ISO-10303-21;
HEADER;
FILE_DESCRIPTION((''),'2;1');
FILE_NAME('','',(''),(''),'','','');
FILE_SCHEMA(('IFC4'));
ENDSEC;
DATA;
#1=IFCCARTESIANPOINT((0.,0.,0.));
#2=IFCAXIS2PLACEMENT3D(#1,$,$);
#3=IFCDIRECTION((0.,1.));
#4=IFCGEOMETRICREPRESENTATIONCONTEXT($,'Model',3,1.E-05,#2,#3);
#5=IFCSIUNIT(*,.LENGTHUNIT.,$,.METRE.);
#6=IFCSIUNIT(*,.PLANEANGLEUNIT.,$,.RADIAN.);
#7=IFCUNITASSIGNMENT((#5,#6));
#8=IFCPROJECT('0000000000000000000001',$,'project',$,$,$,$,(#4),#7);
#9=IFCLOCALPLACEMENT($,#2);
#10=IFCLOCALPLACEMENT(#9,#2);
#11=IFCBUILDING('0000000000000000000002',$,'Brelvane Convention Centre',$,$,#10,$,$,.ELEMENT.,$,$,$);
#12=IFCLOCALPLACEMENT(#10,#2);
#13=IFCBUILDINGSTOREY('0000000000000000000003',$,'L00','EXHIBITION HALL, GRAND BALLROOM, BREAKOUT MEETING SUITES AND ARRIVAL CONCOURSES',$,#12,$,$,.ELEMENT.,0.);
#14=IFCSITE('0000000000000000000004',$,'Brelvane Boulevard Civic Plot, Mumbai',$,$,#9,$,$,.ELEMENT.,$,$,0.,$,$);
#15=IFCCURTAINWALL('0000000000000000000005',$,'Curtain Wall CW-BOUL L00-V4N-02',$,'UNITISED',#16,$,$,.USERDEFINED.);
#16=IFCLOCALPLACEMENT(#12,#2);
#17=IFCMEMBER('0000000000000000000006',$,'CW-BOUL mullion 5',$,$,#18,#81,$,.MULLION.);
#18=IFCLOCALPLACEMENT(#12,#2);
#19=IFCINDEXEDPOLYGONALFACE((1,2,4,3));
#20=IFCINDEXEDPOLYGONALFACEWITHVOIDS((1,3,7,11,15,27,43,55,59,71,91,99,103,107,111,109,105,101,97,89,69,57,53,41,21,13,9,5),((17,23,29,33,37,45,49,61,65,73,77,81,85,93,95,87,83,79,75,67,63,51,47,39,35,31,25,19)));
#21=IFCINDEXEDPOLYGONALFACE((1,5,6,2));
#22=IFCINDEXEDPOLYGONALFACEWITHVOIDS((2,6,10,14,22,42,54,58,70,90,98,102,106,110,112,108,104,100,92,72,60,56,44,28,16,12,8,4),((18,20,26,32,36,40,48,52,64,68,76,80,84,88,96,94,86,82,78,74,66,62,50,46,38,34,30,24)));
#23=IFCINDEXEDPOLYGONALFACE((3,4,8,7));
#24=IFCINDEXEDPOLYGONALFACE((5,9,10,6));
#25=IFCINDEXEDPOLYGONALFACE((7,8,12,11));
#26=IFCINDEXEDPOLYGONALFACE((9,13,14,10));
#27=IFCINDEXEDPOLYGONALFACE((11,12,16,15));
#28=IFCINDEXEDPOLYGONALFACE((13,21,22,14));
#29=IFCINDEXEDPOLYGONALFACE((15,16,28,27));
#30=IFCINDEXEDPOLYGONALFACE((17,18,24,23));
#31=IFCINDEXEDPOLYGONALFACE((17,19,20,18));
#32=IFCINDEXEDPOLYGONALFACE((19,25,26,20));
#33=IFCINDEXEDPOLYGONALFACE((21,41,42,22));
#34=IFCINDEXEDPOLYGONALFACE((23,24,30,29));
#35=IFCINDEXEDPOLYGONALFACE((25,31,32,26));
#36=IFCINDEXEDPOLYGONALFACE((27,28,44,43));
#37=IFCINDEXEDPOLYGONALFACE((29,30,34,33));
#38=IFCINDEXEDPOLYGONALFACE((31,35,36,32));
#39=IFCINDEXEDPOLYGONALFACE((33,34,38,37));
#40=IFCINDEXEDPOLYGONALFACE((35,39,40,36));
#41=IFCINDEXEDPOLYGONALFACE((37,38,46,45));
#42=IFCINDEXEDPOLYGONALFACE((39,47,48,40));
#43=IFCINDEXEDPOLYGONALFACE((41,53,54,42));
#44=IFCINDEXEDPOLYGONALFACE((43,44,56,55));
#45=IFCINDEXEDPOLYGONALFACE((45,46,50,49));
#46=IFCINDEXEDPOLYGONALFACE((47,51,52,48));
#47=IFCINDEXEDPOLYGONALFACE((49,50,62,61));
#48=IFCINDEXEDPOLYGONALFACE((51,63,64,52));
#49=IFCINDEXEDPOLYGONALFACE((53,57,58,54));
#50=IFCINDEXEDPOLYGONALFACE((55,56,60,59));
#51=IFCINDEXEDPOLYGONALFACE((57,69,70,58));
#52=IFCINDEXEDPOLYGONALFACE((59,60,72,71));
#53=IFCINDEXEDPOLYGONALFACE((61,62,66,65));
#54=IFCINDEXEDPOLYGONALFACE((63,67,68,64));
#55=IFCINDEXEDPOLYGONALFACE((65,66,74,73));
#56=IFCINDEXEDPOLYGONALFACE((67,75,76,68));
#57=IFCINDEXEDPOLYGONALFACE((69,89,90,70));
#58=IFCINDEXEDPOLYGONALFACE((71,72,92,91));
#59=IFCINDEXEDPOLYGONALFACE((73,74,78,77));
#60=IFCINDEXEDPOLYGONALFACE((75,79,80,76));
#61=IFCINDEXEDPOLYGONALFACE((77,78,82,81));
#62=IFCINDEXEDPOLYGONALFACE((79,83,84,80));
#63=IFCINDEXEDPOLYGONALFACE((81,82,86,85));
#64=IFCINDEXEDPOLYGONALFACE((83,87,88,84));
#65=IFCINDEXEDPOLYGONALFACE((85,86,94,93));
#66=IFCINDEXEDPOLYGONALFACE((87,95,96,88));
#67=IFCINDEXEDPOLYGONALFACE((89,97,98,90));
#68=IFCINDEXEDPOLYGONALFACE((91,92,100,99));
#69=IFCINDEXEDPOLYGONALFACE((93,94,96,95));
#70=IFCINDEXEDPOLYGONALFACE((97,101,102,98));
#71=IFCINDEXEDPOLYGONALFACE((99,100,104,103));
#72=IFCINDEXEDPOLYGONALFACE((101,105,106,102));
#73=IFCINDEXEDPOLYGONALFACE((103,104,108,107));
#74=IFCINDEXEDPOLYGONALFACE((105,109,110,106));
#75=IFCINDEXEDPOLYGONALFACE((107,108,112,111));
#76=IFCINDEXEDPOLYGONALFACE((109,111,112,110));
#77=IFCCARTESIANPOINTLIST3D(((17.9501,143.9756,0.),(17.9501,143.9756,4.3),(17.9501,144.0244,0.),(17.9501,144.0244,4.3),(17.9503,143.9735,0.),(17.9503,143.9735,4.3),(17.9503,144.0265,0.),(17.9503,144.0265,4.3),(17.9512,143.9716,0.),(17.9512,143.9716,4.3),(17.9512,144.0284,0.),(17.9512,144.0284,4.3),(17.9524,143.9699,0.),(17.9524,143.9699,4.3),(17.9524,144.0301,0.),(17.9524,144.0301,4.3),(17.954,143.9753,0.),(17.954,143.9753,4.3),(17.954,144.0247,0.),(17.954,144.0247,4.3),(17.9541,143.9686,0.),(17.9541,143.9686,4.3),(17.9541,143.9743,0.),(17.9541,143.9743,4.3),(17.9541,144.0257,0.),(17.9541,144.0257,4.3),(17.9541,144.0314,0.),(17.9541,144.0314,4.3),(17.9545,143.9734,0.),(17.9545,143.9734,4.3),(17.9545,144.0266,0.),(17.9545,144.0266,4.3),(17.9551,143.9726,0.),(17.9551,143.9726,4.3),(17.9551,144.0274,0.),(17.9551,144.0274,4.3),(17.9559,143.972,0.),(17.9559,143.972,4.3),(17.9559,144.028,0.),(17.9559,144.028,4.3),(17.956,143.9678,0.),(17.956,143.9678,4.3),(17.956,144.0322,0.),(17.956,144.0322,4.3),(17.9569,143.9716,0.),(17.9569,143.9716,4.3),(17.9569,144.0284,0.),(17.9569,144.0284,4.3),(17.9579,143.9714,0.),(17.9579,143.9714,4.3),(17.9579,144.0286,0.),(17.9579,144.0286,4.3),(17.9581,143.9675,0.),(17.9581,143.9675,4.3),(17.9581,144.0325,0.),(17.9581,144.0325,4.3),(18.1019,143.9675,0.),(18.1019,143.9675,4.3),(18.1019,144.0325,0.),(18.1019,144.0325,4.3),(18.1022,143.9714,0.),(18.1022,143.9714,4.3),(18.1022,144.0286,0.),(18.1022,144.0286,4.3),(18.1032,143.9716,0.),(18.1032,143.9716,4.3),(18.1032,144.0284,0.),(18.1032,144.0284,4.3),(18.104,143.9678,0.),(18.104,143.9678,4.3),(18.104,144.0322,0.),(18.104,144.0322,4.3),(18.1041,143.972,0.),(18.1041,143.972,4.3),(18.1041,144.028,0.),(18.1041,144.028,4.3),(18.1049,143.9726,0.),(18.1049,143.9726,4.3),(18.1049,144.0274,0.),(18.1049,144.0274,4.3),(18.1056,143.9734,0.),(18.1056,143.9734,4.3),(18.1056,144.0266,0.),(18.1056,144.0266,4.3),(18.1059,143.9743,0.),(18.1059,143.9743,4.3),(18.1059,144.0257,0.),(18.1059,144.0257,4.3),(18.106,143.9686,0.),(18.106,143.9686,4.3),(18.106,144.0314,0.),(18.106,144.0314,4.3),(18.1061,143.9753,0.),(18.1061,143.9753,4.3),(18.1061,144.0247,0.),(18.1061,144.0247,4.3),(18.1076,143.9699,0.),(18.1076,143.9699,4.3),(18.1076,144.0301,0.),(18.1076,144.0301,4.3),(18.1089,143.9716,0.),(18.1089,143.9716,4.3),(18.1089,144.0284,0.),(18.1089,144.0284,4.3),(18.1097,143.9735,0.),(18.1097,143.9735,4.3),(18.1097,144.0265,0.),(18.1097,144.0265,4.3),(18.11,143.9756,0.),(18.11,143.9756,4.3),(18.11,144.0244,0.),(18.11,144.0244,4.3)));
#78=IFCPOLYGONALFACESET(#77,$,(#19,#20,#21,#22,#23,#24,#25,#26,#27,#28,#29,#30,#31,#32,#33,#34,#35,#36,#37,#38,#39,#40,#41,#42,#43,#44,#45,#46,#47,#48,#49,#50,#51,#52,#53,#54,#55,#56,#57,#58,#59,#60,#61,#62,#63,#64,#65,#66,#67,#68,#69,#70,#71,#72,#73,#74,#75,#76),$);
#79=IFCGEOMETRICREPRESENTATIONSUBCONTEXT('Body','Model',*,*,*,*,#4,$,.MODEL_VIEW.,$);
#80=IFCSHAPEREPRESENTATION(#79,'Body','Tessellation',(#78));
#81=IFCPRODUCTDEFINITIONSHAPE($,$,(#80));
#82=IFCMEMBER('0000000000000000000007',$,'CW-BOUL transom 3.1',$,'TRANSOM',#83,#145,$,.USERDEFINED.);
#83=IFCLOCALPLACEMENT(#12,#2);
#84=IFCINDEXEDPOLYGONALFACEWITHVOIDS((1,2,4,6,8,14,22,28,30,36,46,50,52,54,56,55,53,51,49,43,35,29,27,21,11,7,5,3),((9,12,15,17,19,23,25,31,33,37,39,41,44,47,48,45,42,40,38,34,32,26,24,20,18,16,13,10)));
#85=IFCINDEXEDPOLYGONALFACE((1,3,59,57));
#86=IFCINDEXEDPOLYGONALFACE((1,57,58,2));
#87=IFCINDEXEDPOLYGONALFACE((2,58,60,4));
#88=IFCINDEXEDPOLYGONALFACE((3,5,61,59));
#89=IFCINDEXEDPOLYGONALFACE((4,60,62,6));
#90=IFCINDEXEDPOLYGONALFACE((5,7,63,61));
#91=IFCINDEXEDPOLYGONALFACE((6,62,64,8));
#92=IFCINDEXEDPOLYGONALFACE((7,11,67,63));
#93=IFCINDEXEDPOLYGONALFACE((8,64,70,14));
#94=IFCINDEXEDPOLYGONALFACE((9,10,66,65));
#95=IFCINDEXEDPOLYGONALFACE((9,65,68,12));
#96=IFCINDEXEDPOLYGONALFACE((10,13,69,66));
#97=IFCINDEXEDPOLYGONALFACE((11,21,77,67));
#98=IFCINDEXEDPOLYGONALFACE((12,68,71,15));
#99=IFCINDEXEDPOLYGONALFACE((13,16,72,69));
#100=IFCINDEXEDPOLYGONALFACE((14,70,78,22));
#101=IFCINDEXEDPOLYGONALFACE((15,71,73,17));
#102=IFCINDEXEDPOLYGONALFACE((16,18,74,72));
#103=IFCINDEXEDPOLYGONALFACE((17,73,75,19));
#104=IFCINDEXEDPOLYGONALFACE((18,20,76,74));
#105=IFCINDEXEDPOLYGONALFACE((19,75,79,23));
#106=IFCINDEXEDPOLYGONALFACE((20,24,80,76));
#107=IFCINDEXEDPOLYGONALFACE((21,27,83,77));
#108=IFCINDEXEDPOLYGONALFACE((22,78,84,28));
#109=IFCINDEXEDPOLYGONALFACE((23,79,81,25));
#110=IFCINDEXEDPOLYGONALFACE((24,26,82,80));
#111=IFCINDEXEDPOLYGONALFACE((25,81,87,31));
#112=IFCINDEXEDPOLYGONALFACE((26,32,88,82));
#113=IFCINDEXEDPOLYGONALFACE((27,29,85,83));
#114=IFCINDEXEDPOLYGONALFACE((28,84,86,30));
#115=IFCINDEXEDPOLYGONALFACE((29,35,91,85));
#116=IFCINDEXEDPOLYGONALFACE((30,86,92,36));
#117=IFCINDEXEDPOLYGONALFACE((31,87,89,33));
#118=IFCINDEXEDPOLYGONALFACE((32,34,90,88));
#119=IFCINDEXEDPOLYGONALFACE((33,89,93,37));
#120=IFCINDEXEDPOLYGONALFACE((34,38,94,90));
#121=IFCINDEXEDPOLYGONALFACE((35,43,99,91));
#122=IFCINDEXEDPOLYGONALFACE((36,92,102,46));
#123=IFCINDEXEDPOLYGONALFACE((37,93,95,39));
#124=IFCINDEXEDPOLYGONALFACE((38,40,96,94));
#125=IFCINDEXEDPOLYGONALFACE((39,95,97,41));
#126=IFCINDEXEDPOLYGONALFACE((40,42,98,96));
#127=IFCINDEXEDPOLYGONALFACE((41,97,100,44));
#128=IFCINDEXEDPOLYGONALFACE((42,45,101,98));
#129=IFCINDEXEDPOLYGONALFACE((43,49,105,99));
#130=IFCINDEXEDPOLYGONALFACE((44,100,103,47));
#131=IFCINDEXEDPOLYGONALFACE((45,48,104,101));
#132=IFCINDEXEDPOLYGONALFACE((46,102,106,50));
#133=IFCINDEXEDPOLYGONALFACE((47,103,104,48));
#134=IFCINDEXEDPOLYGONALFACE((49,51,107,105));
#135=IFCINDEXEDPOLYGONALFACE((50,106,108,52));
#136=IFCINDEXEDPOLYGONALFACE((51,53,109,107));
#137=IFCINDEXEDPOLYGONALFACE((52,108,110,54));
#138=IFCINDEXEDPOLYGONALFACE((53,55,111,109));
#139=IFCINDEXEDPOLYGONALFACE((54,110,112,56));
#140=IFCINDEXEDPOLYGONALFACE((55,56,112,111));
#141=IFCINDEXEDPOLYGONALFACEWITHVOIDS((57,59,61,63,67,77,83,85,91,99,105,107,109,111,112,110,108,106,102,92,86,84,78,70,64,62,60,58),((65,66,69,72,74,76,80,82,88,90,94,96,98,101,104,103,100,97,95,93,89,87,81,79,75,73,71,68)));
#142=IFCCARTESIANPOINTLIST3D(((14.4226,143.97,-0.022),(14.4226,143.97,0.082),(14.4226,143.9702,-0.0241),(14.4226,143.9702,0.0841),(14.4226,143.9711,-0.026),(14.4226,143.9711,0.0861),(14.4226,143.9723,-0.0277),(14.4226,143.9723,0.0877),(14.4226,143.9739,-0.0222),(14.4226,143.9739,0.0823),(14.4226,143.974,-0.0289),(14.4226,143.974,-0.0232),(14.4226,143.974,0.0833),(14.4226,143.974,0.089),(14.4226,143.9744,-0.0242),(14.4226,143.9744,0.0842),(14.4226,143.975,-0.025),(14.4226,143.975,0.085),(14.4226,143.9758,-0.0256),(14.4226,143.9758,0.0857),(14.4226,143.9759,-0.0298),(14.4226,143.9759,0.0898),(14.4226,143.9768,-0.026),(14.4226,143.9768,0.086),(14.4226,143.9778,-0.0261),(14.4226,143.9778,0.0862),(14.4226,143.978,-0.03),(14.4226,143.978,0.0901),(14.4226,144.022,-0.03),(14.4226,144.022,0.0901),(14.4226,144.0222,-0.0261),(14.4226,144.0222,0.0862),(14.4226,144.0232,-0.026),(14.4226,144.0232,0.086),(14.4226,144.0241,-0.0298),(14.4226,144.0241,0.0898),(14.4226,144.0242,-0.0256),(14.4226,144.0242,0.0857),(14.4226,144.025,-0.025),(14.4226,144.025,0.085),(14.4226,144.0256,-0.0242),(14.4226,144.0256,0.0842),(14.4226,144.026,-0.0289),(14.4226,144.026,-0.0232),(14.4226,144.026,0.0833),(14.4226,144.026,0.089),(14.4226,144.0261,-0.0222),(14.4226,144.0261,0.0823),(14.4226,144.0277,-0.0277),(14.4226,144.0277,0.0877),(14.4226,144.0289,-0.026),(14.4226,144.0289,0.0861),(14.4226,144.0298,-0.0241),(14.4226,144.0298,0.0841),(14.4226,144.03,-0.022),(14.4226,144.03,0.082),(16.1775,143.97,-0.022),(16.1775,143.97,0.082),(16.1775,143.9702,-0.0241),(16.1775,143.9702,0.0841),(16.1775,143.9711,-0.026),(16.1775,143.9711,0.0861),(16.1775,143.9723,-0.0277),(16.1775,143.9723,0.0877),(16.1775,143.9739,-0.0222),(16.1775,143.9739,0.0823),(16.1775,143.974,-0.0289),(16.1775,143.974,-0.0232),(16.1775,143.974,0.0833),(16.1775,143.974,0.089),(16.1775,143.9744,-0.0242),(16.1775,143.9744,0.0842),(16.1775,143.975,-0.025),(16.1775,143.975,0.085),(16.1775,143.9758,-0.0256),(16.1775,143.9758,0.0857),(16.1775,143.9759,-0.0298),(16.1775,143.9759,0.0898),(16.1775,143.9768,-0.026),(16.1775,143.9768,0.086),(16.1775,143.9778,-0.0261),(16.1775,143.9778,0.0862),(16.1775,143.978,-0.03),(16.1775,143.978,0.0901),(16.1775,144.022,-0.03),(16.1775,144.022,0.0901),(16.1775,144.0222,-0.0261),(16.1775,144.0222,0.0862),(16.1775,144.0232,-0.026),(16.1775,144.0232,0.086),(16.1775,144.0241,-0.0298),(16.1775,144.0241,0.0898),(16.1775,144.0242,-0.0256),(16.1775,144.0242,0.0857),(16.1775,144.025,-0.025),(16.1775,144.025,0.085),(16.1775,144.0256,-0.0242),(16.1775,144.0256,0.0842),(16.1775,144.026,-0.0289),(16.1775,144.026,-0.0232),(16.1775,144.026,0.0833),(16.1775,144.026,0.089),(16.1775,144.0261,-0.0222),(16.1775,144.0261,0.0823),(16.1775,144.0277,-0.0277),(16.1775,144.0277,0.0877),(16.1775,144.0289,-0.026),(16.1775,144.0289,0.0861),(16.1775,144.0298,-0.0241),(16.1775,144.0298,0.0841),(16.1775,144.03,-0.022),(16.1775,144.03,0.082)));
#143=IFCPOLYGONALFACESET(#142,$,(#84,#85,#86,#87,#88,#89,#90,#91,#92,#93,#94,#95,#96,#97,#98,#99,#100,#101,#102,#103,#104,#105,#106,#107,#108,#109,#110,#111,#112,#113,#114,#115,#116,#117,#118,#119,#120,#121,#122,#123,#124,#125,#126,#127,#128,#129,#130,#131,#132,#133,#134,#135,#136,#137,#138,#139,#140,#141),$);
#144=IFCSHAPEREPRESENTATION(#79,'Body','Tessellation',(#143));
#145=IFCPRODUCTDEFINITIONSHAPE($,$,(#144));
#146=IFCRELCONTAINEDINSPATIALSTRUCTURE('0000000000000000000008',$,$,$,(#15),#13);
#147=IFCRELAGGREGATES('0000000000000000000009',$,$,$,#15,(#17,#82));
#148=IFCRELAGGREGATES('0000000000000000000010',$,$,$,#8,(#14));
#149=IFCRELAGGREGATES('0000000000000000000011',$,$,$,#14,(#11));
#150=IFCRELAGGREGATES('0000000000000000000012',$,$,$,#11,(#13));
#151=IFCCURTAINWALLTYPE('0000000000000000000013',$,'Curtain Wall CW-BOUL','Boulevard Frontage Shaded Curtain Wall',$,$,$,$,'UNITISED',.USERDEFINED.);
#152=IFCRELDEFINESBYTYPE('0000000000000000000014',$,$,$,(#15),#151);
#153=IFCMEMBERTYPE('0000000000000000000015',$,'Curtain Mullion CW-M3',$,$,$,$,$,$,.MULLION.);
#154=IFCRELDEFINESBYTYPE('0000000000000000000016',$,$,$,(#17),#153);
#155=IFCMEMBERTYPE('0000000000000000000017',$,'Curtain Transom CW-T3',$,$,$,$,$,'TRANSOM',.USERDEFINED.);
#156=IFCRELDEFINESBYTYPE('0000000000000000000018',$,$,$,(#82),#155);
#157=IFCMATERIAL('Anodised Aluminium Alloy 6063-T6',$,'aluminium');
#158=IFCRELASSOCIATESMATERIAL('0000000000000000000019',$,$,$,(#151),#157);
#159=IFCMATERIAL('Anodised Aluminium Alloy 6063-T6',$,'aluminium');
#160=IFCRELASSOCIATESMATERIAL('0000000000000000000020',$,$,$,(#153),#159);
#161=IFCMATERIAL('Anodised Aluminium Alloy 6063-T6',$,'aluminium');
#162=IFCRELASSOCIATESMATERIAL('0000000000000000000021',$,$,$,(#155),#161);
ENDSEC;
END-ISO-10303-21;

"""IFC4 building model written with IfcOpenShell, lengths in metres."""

from ifc_helpers import new_model, si_unit, direction, frame, origin, origin_2d, place, context, subcontext, project, spatial, hollow_rectangle, extrude, material, material_profile, profile_set, type_object, element, aggregate, save


model = new_model("IFC4")

# Units and contexts
model_context = context("Model", 3, precision=1e-05, world=origin(), true_north=direction((0.0, 1.0)))
body_context = subcontext(model_context, "Body", "Model", "MODEL_VIEW")
ifc_project = project(units=[si_unit("LENGTHUNIT", "METRE"), si_unit("PLANEANGLEUNIT", "RADIAN")], contexts=[model_context])

# Site, building, storey
site_placement = place(None, origin())
site = spatial("IfcSite", under=ifc_project, at=site_placement, Name="Brelvane Boulevard Civic Plot, Mumbai", CompositionType="ELEMENT", RefElevation=0.0)
building_placement = place(site_placement, origin())
building = spatial("IfcBuilding", under=site, at=building_placement, Name="Brelvane Convention Centre", CompositionType="ELEMENT")
storey_placement = place(building_placement, origin())
storey = spatial("IfcBuildingStorey", under=building, at=storey_placement, Name="L00", Description="EXHIBITION HALL, GRAND BALLROOM, BREAKOUT MEETING SUITES AND ARRIVAL CONCOURSES", CompositionType="ELEMENT", Elevation=0.0)

# Curtain wall, members
ifc_material_1 = material(Name="Anodised Aluminium Alloy 6063-T6", Category="aluminium")
curtain_wall_type = type_object("IfcCurtainWallType", Name="Curtain Wall CW-BOUL", Description="Boulevard Frontage Shaded Curtain Wall", ElementType="UNITISED", PredefinedType="USERDEFINED", material=ifc_material_1)
curtain_wall_placement = place(storey_placement, origin())
curtain_wall = element("IfcCurtainWall", 1, at=curtain_wall_placement, inside=storey, type_object=curtain_wall_type, Name="Curtain Wall CW-BOUL L00-V4N-02", ObjectType="UNITISED", PredefinedType="USERDEFINED")
ifc_material_2 = material(Name="Anodised Aluminium Alloy 6063-T6", Category="aluminium")
ifc_material_profile_1 = material_profile(ifc_material_2, hollow_rectangle(XDim=0.0649, YDim=0.1599, WallThickness=0.0039, InnerFilletRadius=0.0039, OuterFilletRadius=0.0081, at=origin_2d()), Name="ALU-M 160x65x4.0")
ifc_profile_set_1 = profile_set([ifc_material_profile_1], Name="Anodised Aluminium Alloy 6063-T6")
member_type_1 = type_object("IfcMemberType", Name="Curtain Mullion CW-M3", PredefinedType="MULLION", material=ifc_profile_set_1)
member_1_placement = place(storey_placement, frame((18.03, 144.0, 0.0), z_axis=(0.0, 0.0, 1.0), x_axis=(0.0, 1.0, 0.0)))
member_1 = element("IfcMember", 2, at=member_1_placement, type_object=member_type_1, Name="CW-BOUL mullion 5", PredefinedType="MULLION", context=body_context, shape_type="SweptSolid", body=[
    extrude(hollow_rectangle(XDim=0.0649, YDim=0.1599, WallThickness=0.0039, InnerFilletRadius=0.0039, OuterFilletRadius=0.0081, at=origin_2d()), origin(), (0.0, 0.0, 1.0), 4.3),
])
ifc_material_3 = material(Name="Anodised Aluminium Alloy 6063-T6", Category="aluminium")
ifc_material_profile_2 = material_profile(ifc_material_3, hollow_rectangle(XDim=0.0601, YDim=0.1201, WallThickness=0.0039, InnerFilletRadius=0.0039, OuterFilletRadius=0.0081, at=origin_2d()), Name="ALU-T 120x60x4.0")
ifc_profile_set_2 = profile_set([ifc_material_profile_2], Name="Anodised Aluminium Alloy 6063-T6")
member_type_2 = type_object("IfcMemberType", Name="Curtain Transom CW-T3", ElementType="TRANSOM", PredefinedType="USERDEFINED", material=ifc_profile_set_2)
member_2_placement = place(storey_placement, frame((14.4226, 144.0, 0.03), z_axis=(1.0, 0.0, 0.0), x_axis=(0.0, 1.0, 0.0)))
member_2 = element("IfcMember", 3, at=member_2_placement, type_object=member_type_2, Name="CW-BOUL transom 3.1", ObjectType="TRANSOM", PredefinedType="USERDEFINED", context=body_context, shape_type="SweptSolid", body=[
    extrude(hollow_rectangle(XDim=0.0601, YDim=0.1201, WallThickness=0.0039, InnerFilletRadius=0.0039, OuterFilletRadius=0.0081, at=origin_2d()), origin(), (0.0, 0.0, 1.0), 1.7549),
])
aggregate(curtain_wall, [member_1, member_2])

save(model, "model.ifc")
